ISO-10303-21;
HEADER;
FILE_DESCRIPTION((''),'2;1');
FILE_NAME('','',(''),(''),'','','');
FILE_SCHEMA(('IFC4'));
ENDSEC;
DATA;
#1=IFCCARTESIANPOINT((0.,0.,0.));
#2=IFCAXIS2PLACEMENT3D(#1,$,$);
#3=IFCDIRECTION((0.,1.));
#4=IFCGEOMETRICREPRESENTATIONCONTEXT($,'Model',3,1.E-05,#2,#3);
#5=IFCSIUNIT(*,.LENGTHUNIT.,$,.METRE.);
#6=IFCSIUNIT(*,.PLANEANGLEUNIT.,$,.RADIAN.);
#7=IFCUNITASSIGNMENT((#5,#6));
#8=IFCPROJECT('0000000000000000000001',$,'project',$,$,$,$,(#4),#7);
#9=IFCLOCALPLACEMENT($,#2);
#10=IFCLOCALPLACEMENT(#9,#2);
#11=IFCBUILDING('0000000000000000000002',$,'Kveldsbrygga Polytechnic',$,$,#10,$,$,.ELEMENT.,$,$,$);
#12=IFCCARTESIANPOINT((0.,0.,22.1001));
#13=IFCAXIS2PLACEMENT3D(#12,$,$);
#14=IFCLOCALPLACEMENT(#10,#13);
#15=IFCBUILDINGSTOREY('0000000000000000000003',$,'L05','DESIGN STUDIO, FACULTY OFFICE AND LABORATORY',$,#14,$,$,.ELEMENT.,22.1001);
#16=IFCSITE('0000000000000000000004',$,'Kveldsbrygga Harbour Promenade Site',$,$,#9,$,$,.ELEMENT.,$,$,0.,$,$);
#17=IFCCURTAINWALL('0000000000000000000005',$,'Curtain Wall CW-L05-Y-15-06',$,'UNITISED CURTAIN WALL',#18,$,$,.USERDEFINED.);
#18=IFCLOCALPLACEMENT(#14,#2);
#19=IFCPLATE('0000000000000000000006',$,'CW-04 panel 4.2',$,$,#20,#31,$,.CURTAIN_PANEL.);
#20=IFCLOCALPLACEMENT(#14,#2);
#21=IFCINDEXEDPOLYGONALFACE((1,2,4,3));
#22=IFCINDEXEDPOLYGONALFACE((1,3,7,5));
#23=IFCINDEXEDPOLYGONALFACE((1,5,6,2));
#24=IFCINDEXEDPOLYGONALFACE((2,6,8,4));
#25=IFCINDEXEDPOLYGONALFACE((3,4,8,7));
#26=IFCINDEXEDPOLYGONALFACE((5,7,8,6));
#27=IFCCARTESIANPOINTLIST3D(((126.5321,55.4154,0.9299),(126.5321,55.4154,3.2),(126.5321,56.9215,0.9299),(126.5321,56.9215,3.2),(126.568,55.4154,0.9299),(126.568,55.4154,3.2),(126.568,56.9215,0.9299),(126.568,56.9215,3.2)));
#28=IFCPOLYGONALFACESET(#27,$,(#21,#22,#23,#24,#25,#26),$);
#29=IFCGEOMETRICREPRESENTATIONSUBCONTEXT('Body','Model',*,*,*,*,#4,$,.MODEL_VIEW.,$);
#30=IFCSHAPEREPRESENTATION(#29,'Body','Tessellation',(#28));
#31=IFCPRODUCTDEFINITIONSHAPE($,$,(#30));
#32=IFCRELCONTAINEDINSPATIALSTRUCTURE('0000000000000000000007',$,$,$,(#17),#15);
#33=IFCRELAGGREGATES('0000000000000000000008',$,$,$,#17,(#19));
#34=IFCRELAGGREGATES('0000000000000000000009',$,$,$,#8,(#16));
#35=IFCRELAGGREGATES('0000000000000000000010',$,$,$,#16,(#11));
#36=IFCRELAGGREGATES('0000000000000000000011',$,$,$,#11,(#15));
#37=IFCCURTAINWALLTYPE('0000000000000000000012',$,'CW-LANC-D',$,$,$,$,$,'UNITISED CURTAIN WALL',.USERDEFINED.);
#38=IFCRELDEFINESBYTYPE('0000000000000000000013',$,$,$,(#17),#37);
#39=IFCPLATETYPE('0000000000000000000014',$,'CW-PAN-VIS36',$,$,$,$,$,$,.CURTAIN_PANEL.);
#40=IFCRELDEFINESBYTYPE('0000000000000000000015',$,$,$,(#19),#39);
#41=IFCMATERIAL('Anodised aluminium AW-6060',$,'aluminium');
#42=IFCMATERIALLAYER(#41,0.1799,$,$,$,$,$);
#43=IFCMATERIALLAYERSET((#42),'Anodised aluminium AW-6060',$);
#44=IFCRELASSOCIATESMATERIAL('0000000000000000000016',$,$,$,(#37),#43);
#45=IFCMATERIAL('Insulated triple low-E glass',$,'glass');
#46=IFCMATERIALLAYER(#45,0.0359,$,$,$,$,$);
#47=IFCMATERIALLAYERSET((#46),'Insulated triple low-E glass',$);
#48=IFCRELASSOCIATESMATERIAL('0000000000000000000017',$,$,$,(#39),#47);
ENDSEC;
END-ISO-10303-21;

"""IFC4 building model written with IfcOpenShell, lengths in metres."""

from ifc_helpers import new_model, si_unit, direction, frame, origin, origin_2d, place, context, subcontext, project, spatial, rectangle, extrude, material, layer, layer_set, type_object, element, aggregate, save


model = new_model("IFC4")

# Units and contexts
model_context = context("Model", 3, precision=1e-05, world=origin(), true_north=direction((0.0, 1.0)))
body_context = subcontext(model_context, "Body", "Model", "MODEL_VIEW")
ifc_project = project(units=[si_unit("LENGTHUNIT", "METRE"), si_unit("PLANEANGLEUNIT", "RADIAN")], contexts=[model_context])

# Site, building, storey
site_placement = place(None, origin())
site = spatial("IfcSite", under=ifc_project, at=site_placement, Name="Kveldsbrygga Harbour Promenade Site", CompositionType="ELEMENT", RefElevation=0.0)
building_placement = place(site_placement, origin())
building = spatial("IfcBuilding", under=site, at=building_placement, Name="Kveldsbrygga Polytechnic", CompositionType="ELEMENT")
storey_placement = place(building_placement, frame((0.0, 0.0, 22.1001)))
storey = spatial("IfcBuildingStorey", under=building, at=storey_placement, Name="L05", Description="DESIGN STUDIO, FACULTY OFFICE AND LABORATORY", CompositionType="ELEMENT", Elevation=22.1001)

# Curtain wall, plate
ifc_material_1 = material(Name="Anodised aluminium AW-6060", Category="aluminium")
ifc_layer_1 = layer(ifc_material_1, 0.1799)
ifc_layer_set_1 = layer_set([ifc_layer_1], Name="Anodised aluminium AW-6060")
curtain_wall_type = type_object("IfcCurtainWallType", Name="CW-LANC-D", ElementType="UNITISED CURTAIN WALL", PredefinedType="USERDEFINED", material=ifc_layer_set_1)
curtain_wall_placement = place(storey_placement, origin())
curtain_wall = element("IfcCurtainWall", 1, at=curtain_wall_placement, inside=storey, type_object=curtain_wall_type, Name="Curtain Wall CW-L05-Y-15-06", ObjectType="UNITISED CURTAIN WALL", PredefinedType="USERDEFINED")
ifc_material_2 = material(Name="Insulated triple low-E glass", Category="glass")
ifc_layer_2 = layer(ifc_material_2, 0.0359)
ifc_layer_set_2 = layer_set([ifc_layer_2], Name="Insulated triple low-E glass")
plate_type = type_object("IfcPlateType", Name="CW-PAN-VIS36", PredefinedType="CURTAIN_PANEL", material=ifc_layer_set_2)
plate_1_placement = place(storey_placement, frame((126.55, 56.1685, 0.9299), z_axis=(0.0, 0.0, 1.0), x_axis=(0.0, 1.0, 0.0)))
plate_1 = element("IfcPlate", 2, at=plate_1_placement, type_object=plate_type, Name="CW-04 panel 4.2", PredefinedType="CURTAIN_PANEL", context=body_context, shape_type="SweptSolid", body=[
    extrude(rectangle(XDim=1.5061, YDim=0.0359, at=origin_2d()), origin(), (0.0, 0.0, 1.0), 2.27),
])
aggregate(curtain_wall, [plate_1])

save(model, "model.ifc")
